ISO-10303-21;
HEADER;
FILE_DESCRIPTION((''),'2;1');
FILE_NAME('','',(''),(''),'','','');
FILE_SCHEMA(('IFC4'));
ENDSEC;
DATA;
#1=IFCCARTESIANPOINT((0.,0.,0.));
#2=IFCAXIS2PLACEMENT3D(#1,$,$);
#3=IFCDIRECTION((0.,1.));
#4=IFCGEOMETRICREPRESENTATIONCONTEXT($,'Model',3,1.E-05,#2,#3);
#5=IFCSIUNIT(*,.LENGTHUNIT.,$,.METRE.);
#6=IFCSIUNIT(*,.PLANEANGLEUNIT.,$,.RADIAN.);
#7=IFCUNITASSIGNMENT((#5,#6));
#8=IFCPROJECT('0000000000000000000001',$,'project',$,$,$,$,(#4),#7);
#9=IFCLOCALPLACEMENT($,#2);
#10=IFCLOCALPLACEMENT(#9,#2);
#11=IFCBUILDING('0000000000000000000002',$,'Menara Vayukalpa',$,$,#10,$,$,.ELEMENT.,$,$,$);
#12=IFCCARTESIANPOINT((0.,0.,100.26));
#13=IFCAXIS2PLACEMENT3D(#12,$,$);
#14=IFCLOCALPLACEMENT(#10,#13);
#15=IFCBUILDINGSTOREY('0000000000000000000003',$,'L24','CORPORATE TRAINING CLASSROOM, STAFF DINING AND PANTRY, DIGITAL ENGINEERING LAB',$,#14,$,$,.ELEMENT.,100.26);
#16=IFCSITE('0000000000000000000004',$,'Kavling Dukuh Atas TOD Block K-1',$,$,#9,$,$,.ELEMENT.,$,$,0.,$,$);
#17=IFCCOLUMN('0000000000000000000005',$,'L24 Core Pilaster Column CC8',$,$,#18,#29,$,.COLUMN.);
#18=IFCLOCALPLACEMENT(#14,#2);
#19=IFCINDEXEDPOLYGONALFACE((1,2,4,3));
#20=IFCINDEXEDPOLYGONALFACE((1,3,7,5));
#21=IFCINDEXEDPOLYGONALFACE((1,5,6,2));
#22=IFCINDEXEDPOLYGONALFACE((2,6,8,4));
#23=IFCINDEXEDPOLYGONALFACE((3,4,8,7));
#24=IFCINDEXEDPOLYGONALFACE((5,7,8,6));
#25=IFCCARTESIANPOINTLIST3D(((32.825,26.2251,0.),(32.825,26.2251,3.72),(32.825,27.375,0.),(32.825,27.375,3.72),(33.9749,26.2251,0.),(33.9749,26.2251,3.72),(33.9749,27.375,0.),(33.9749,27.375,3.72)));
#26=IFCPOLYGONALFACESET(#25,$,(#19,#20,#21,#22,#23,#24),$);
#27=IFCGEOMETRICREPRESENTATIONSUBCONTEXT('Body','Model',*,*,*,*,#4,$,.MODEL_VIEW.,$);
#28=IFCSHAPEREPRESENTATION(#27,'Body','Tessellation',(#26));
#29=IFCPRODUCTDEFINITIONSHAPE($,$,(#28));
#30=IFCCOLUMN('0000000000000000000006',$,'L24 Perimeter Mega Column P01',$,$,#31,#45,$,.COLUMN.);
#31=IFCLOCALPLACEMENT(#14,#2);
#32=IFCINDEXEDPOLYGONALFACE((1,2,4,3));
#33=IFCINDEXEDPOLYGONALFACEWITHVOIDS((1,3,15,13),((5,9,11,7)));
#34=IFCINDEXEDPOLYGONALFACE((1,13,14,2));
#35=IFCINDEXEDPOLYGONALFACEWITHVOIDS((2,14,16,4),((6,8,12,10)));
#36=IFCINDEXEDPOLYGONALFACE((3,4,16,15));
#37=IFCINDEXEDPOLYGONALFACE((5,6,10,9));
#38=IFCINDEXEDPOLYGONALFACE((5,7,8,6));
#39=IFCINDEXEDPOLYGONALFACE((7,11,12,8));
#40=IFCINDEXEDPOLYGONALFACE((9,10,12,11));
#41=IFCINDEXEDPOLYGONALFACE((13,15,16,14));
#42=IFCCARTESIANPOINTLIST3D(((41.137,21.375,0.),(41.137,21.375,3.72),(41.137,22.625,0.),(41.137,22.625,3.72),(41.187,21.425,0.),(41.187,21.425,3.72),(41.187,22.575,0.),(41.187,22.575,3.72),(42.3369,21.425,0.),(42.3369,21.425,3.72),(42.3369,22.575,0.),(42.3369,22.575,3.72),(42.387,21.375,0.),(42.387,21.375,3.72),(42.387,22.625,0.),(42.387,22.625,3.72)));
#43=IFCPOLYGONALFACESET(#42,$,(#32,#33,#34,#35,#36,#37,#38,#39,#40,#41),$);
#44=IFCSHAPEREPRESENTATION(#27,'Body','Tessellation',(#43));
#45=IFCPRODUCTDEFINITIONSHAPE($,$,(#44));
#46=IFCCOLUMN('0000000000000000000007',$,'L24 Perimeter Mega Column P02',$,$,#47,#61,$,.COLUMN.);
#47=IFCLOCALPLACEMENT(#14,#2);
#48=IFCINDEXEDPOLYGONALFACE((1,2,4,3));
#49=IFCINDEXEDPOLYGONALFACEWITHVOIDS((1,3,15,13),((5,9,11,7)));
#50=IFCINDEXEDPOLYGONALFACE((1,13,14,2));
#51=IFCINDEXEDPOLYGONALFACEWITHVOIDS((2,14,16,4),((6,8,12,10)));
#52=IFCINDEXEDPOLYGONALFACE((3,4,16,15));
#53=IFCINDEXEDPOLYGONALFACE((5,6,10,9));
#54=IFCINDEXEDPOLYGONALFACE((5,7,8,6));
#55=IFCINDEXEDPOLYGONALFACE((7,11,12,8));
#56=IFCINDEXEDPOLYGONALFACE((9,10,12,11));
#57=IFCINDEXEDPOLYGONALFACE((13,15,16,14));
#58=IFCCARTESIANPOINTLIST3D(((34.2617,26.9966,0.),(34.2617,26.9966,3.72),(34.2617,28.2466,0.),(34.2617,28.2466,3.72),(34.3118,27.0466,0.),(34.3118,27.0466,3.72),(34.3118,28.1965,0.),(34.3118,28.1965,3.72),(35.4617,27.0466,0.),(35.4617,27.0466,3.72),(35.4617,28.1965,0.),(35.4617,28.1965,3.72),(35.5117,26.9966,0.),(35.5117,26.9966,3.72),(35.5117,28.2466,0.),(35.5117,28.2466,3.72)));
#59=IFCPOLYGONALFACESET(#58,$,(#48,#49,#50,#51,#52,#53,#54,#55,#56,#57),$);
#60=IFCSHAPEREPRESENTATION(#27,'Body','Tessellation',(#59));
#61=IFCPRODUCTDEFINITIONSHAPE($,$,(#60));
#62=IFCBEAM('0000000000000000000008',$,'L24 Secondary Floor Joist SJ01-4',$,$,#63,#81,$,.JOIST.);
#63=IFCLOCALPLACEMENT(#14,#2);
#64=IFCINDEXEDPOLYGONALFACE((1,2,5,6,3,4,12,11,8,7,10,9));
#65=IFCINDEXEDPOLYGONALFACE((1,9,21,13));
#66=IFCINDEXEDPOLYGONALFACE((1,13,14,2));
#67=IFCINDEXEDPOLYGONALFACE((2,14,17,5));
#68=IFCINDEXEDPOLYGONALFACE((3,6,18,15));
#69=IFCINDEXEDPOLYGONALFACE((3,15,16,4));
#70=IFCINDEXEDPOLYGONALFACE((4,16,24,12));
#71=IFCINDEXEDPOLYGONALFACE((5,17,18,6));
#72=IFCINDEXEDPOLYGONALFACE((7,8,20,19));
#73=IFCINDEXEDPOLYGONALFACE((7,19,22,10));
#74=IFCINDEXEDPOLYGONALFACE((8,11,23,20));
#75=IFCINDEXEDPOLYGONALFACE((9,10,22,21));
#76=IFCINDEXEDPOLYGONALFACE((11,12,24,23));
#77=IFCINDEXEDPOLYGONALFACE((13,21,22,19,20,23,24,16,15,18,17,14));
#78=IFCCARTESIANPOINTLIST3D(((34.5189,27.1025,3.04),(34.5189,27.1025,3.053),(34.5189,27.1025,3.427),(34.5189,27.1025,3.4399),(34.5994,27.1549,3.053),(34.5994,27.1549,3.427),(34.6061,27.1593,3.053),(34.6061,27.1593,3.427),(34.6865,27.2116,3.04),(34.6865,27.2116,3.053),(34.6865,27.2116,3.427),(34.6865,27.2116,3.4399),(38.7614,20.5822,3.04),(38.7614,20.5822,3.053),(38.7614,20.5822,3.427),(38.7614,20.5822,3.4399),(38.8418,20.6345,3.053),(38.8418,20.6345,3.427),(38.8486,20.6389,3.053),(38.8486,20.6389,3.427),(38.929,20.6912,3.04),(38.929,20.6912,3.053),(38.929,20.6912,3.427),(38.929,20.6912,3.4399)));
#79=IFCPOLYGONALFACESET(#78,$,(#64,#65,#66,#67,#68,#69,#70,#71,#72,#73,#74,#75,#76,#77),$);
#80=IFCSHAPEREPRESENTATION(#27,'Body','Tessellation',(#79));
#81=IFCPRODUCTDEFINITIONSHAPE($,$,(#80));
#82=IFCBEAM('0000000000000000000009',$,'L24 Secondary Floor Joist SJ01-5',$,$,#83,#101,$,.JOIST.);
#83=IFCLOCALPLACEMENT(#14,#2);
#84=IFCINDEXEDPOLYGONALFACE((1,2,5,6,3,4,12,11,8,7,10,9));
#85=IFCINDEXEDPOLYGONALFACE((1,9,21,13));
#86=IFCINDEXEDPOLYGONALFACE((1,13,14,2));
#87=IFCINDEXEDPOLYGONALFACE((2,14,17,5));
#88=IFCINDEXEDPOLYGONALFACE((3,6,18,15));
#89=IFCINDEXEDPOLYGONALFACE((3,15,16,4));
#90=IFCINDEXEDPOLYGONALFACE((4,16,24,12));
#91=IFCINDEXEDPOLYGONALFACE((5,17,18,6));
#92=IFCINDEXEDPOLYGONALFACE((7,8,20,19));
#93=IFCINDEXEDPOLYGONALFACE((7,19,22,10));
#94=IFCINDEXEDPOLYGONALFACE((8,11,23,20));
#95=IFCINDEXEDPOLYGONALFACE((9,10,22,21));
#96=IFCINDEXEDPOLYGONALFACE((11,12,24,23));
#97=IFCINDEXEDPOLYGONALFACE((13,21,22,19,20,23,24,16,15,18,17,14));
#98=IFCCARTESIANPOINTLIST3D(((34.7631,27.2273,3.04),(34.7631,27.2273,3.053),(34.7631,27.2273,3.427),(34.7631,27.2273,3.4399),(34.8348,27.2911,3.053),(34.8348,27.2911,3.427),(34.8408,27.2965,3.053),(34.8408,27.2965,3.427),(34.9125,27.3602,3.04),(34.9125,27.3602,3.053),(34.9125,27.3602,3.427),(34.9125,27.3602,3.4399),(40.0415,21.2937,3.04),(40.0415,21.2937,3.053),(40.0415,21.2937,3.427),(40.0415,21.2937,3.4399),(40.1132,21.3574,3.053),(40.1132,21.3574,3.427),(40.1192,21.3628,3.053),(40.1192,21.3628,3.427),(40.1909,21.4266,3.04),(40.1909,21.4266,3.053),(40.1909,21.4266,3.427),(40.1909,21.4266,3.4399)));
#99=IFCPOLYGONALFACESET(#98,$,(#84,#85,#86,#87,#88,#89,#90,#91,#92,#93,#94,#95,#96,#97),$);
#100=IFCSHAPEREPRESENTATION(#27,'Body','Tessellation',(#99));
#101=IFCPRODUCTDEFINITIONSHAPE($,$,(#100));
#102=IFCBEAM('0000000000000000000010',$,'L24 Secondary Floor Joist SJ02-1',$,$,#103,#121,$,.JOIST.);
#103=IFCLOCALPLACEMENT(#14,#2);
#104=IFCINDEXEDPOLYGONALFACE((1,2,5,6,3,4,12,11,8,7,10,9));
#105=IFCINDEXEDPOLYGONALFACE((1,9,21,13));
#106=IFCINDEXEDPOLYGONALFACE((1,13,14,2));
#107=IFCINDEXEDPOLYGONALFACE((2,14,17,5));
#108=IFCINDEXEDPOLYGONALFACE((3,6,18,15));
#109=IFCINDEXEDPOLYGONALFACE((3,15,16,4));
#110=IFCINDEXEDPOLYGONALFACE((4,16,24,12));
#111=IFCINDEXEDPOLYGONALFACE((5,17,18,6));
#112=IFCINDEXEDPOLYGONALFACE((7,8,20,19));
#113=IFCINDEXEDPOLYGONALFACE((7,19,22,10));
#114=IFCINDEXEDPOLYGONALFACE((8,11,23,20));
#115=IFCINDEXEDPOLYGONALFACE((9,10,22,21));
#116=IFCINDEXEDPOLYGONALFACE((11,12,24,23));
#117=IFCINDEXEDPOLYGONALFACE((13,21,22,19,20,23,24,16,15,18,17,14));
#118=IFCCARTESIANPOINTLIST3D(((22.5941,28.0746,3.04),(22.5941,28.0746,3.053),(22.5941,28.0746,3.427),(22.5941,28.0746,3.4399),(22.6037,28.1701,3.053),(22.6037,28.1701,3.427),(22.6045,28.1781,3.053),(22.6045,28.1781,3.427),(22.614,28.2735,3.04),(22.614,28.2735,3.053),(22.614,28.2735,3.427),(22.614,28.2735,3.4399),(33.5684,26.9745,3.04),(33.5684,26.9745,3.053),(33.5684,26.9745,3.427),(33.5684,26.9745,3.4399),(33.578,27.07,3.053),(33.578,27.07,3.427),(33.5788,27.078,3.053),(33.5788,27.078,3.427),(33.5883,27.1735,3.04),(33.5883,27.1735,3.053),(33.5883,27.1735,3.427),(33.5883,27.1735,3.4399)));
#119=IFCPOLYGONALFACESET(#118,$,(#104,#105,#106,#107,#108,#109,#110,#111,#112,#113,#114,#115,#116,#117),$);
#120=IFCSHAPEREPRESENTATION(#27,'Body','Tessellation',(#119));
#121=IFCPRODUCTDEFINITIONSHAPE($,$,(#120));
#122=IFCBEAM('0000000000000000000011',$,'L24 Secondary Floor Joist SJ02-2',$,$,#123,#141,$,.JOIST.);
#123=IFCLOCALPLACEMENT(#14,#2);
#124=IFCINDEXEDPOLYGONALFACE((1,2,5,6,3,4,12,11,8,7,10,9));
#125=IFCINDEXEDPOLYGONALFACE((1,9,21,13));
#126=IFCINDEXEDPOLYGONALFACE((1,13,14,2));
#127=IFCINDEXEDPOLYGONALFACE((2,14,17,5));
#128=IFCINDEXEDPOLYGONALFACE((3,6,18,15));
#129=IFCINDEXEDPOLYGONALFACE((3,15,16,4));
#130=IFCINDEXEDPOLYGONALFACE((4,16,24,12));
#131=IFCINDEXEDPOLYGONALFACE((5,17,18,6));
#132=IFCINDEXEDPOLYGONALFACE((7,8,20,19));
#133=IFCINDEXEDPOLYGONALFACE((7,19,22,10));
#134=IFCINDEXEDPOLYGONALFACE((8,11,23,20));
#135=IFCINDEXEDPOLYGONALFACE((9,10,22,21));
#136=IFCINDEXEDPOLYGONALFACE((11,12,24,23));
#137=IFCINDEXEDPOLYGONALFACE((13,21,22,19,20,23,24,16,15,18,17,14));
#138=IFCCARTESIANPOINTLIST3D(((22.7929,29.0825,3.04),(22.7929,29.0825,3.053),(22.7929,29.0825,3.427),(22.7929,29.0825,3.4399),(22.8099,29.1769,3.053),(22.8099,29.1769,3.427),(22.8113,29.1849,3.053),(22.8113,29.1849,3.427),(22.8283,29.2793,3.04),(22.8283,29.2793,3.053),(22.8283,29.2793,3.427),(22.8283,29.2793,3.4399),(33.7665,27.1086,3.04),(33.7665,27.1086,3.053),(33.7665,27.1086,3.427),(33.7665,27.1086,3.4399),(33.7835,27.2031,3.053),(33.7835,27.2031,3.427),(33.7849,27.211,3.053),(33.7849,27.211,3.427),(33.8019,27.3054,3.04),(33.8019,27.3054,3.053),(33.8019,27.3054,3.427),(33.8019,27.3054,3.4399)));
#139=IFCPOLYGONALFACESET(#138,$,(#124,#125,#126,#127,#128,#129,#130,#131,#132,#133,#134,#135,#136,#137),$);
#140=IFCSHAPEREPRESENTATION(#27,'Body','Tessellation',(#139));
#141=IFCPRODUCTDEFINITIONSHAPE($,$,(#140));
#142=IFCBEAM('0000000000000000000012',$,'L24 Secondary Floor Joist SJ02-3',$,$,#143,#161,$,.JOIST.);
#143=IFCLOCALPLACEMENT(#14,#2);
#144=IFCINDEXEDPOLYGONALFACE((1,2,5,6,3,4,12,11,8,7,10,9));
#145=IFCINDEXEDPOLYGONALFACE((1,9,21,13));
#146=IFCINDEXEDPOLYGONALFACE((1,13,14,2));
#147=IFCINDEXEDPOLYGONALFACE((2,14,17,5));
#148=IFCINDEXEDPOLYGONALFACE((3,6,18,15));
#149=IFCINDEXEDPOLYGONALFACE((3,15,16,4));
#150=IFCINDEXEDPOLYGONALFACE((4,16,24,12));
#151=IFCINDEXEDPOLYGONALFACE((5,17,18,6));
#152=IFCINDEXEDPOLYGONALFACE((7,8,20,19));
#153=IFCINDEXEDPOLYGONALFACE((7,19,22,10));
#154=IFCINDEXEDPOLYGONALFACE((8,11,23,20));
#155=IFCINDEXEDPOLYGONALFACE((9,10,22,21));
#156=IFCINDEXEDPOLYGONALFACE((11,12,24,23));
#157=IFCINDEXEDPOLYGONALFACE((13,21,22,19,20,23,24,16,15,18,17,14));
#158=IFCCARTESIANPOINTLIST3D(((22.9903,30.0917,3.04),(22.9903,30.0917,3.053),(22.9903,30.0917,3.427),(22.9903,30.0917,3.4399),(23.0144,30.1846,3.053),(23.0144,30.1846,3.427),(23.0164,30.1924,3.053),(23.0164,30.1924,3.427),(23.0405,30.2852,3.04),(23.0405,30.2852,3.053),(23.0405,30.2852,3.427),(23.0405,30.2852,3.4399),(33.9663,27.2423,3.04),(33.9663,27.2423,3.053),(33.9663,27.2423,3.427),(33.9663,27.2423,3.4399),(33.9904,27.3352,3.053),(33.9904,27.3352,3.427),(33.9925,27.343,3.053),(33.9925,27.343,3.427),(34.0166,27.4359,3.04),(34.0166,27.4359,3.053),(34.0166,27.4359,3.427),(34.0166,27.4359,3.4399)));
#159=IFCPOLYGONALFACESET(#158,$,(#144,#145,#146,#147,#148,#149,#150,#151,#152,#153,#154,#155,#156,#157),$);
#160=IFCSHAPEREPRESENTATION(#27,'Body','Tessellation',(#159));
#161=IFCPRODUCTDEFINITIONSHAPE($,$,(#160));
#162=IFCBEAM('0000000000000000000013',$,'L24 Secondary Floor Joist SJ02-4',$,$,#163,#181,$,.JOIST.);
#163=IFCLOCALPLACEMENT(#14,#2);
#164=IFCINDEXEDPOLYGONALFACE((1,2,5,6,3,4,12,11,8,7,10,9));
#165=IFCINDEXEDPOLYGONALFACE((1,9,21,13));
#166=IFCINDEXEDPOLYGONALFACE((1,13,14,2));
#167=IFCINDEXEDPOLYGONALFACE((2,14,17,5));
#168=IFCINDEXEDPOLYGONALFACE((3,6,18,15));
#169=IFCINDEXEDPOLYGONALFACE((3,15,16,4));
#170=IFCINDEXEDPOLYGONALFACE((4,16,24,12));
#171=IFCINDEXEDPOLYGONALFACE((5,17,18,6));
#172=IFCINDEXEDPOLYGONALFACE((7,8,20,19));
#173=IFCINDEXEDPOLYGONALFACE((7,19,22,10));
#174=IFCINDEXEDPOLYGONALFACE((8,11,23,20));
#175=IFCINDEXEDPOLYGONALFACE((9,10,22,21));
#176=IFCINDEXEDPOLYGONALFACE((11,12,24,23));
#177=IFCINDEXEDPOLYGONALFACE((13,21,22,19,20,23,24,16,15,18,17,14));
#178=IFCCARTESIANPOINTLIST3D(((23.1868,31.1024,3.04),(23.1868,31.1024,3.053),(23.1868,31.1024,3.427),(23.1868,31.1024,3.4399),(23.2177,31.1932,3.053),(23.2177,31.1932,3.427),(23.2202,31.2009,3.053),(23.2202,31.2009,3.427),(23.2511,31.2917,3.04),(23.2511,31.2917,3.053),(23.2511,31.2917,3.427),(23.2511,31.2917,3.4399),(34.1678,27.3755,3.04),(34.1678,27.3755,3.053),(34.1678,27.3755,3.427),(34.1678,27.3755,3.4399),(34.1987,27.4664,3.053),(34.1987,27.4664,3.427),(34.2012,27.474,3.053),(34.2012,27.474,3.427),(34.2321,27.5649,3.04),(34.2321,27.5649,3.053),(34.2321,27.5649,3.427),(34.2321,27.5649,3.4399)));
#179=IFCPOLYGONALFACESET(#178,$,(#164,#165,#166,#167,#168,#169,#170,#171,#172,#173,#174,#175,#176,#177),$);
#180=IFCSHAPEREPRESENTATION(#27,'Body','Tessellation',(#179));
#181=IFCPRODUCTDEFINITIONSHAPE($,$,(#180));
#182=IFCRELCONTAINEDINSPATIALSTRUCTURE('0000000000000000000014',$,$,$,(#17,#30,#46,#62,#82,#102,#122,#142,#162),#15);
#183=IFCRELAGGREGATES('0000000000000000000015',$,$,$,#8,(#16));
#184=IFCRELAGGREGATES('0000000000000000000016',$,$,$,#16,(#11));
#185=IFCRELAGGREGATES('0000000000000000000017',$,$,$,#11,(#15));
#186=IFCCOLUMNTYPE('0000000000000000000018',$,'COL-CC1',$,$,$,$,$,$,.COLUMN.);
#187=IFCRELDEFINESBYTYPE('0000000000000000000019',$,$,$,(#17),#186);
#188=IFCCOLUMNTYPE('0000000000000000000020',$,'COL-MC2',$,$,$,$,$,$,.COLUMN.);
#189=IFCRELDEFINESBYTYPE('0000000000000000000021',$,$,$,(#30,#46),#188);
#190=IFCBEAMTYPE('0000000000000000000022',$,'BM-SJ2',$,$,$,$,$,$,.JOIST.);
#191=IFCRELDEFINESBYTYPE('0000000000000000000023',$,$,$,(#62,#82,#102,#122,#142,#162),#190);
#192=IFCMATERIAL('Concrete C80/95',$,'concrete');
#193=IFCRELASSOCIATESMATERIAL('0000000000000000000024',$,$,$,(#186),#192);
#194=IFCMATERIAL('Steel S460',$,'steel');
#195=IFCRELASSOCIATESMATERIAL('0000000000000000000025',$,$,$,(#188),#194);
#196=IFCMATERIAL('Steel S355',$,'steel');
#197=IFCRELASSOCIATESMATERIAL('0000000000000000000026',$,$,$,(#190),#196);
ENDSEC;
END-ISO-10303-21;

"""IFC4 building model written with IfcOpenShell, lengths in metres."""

from ifc_helpers import new_model, si_unit, direction, frame, origin, origin_2d, place, context, subcontext, project, spatial, rectangle, hollow_rectangle, i_section, extrude, material, material_profile, profile_set, type_object, element, save


model = new_model("IFC4")

# Units and contexts
model_context = context("Model", 3, precision=1e-05, world=origin(), true_north=direction((0.0, 1.0)))
body_context = subcontext(model_context, "Body", "Model", "MODEL_VIEW")
ifc_project = project(units=[si_unit("LENGTHUNIT", "METRE"), si_unit("PLANEANGLEUNIT", "RADIAN")], contexts=[model_context])

# Site, building, storey
site_placement = place(None, origin())
site = spatial("IfcSite", under=ifc_project, at=site_placement, Name="Kavling Dukuh Atas TOD Block K-1", CompositionType="ELEMENT", RefElevation=0.0)
building_placement = place(site_placement, origin())
building = spatial("IfcBuilding", under=site, at=building_placement, Name="Menara Vayukalpa", CompositionType="ELEMENT")
storey_placement = place(building_placement, frame((0.0, 0.0, 100.26)))
storey = spatial("IfcBuildingStorey", under=building, at=storey_placement, Name="L24", Description="CORPORATE TRAINING CLASSROOM, STAFF DINING AND PANTRY, DIGITAL ENGINEERING LAB", CompositionType="ELEMENT", Elevation=100.26)

# Columns
ifc_material_1 = material(Name="Concrete C80/95", Category="concrete")
ifc_material_profile_1 = material_profile(ifc_material_1, rectangle(XDim=1.1499, YDim=1.1499, at=origin_2d()), Name="RC 1150x1150")
ifc_profile_set_1 = profile_set([ifc_material_profile_1], Name="Concrete C80/95")
column_type_1 = type_object("IfcColumnType", Name="COL-CC1", PredefinedType="COLUMN", material=ifc_profile_set_1)
column_placement = place(storey_placement, frame((33.3999, 26.8, 0.0), z_axis=(0.0, 0.0, 1.0), x_axis=(1.0, 0.0, 0.0)))
element("IfcColumn", 1, at=column_placement, inside=storey, type_object=column_type_1, Name="L24 Core Pilaster Column CC8", PredefinedType="COLUMN", context=body_context, shape_type="SweptSolid", body=[
    extrude(rectangle(XDim=1.1499, YDim=1.1499, at=origin_2d()), origin(), (0.0, 0.0, 1.0), 3.72),
])
ifc_material_2 = material(Name="Steel S460", Category="steel")
ifc_material_profile_2 = material_profile(ifc_material_2, hollow_rectangle(XDim=1.25, YDim=1.25, WallThickness=0.05, at=origin_2d()), Name="BOX 1250x1250x50")
ifc_profile_set_2 = profile_set([ifc_material_profile_2], Name="Steel S460")
column_type_2 = type_object("IfcColumnType", Name="COL-MC2", PredefinedType="COLUMN", material=ifc_profile_set_2)
for number, where, z_axis, x_axis, name in (
    (2, (41.762, 22.0, 0.0), (0.0, 0.0, 1.0), (1.0, 0.0, 0.0), "L24 Perimeter Mega Column P01"),
    (3, (34.8867, 27.6216, 0.0), (0.0, 0.0, 1.0), (1.0, 0.0, 0.0), "L24 Perimeter Mega Column P02"),
):
    element("IfcColumn", number, at=place(storey_placement, frame(where, z_axis=z_axis, x_axis=x_axis)), inside=storey, type_object=column_type_2, Name=name, PredefinedType="COLUMN", context=body_context, shape_type="SweptSolid", body=[
        extrude(hollow_rectangle(XDim=1.25, YDim=1.25, WallThickness=0.05, at=origin_2d()), origin(), (0.0, 0.0, 1.0), 3.72),
    ])

# Beams
ifc_material_3 = material(Name="Steel S355", Category="steel")
ifc_material_profile_3 = material_profile(ifc_material_3, i_section(OverallWidth=0.2, OverallDepth=0.3999, WebThickness=0.0081, FlangeThickness=0.0129, at=origin_2d()), Name="WF 400x200x8x13")
ifc_profile_set_3 = profile_set([ifc_material_profile_3], Name="Steel S355")
beam_type_1 = type_object("IfcBeamType", Name="BM-SJ2", PredefinedType="JOIST", material=ifc_profile_set_3)
beam_1_placement = place(storey_placement, frame((38.8452, 20.6367, 3.24), z_axis=(-0.545373, 0.838193, 0.0), x_axis=(-0.838193, -0.545373, 0.0)))
element("IfcBeam", 4, at=beam_1_placement, inside=storey, type_object=beam_type_1, Name="L24 Secondary Floor Joist SJ01-4", PredefinedType="JOIST", context=body_context, shape_type="SweptSolid", body=[
    extrude(i_section(OverallWidth=0.2, OverallDepth=0.3999, WebThickness=0.0081, FlangeThickness=0.0129, at=origin_2d()), origin(), (0.0, 0.0, 1.0), 7.7791),
])
beam_2_placement = place(storey_placement, frame((40.1162, 21.3601, 3.24), z_axis=(-0.664646, 0.747158, 0.0), x_axis=(-0.747158, -0.664646, 0.0)))
element("IfcBeam", 5, at=beam_2_placement, inside=storey, type_object=beam_type_1, Name="L24 Secondary Floor Joist SJ01-5", PredefinedType="JOIST", context=body_context, shape_type="SweptSolid", body=[
    extrude(i_section(OverallWidth=0.2, OverallDepth=0.3999, WebThickness=0.0081, FlangeThickness=0.0129, at=origin_2d()), origin(), (0.0, 0.0, 1.0), 7.9417),
])
beam_3_placement = place(storey_placement, frame((33.5784, 27.074, 3.24), z_axis=(-0.995013, 0.099743, 0.0), x_axis=(-0.099743, -0.995013, 0.0)))
element("IfcBeam", 6, at=beam_3_placement, inside=storey, type_object=beam_type_1, Name="L24 Secondary Floor Joist SJ02-1", PredefinedType="JOIST", context=body_context, shape_type="SweptSolid", body=[
    extrude(i_section(OverallWidth=0.2, OverallDepth=0.3999, WebThickness=0.0081, FlangeThickness=0.0129, at=origin_2d()), origin(), (0.0, 0.0, 1.0), 11.0293),
])
beam_4_placement = place(storey_placement, frame((33.7842, 27.207, 3.24), z_axis=(-0.984205, 0.177033, 0.0), x_axis=(-0.177033, -0.984205, 0.0)))
element("IfcBeam", 7, at=beam_4_placement, inside=storey, type_object=beam_type_1, Name="L24 Secondary Floor Joist SJ02-2", PredefinedType="JOIST", context=body_context, shape_type="SweptSolid", body=[
    extrude(i_section(OverallWidth=0.2, OverallDepth=0.3999, WebThickness=0.0081, FlangeThickness=0.0129, at=origin_2d()), origin(), (0.0, 0.0, 1.0), 11.1497),
])
beam_5_placement = place(storey_placement, frame((33.9915, 27.3391, 3.24), z_axis=(-0.967917, 0.251269, 0.0), x_axis=(-0.251269, -0.967917, 0.0)))
element("IfcBeam", 8, at=beam_5_placement, inside=storey, type_object=beam_type_1, Name="L24 Secondary Floor Joist SJ02-3", PredefinedType="JOIST", context=body_context, shape_type="SweptSolid", body=[
    extrude(i_section(OverallWidth=0.2, OverallDepth=0.3999, WebThickness=0.0081, FlangeThickness=0.0129, at=origin_2d()), origin(), (0.0, 0.0, 1.0), 11.3398),
])
beam_6_placement = place(storey_placement, frame((34.2, 27.4702, 3.24), z_axis=(-0.946949, 0.321383, 0.0), x_axis=(-0.321383, -0.946949, 0.0)))
element("IfcBeam", 9, at=beam_6_placement, inside=storey, type_object=beam_type_1, Name="L24 Secondary Floor Joist SJ02-4", PredefinedType="JOIST", context=body_context, shape_type="SweptSolid", body=[
    extrude(i_section(OverallWidth=0.2, OverallDepth=0.3999, WebThickness=0.0081, FlangeThickness=0.0129, at=origin_2d()), origin(), (0.0, 0.0, 1.0), 11.5962),
])

save(model, "model.ifc")
